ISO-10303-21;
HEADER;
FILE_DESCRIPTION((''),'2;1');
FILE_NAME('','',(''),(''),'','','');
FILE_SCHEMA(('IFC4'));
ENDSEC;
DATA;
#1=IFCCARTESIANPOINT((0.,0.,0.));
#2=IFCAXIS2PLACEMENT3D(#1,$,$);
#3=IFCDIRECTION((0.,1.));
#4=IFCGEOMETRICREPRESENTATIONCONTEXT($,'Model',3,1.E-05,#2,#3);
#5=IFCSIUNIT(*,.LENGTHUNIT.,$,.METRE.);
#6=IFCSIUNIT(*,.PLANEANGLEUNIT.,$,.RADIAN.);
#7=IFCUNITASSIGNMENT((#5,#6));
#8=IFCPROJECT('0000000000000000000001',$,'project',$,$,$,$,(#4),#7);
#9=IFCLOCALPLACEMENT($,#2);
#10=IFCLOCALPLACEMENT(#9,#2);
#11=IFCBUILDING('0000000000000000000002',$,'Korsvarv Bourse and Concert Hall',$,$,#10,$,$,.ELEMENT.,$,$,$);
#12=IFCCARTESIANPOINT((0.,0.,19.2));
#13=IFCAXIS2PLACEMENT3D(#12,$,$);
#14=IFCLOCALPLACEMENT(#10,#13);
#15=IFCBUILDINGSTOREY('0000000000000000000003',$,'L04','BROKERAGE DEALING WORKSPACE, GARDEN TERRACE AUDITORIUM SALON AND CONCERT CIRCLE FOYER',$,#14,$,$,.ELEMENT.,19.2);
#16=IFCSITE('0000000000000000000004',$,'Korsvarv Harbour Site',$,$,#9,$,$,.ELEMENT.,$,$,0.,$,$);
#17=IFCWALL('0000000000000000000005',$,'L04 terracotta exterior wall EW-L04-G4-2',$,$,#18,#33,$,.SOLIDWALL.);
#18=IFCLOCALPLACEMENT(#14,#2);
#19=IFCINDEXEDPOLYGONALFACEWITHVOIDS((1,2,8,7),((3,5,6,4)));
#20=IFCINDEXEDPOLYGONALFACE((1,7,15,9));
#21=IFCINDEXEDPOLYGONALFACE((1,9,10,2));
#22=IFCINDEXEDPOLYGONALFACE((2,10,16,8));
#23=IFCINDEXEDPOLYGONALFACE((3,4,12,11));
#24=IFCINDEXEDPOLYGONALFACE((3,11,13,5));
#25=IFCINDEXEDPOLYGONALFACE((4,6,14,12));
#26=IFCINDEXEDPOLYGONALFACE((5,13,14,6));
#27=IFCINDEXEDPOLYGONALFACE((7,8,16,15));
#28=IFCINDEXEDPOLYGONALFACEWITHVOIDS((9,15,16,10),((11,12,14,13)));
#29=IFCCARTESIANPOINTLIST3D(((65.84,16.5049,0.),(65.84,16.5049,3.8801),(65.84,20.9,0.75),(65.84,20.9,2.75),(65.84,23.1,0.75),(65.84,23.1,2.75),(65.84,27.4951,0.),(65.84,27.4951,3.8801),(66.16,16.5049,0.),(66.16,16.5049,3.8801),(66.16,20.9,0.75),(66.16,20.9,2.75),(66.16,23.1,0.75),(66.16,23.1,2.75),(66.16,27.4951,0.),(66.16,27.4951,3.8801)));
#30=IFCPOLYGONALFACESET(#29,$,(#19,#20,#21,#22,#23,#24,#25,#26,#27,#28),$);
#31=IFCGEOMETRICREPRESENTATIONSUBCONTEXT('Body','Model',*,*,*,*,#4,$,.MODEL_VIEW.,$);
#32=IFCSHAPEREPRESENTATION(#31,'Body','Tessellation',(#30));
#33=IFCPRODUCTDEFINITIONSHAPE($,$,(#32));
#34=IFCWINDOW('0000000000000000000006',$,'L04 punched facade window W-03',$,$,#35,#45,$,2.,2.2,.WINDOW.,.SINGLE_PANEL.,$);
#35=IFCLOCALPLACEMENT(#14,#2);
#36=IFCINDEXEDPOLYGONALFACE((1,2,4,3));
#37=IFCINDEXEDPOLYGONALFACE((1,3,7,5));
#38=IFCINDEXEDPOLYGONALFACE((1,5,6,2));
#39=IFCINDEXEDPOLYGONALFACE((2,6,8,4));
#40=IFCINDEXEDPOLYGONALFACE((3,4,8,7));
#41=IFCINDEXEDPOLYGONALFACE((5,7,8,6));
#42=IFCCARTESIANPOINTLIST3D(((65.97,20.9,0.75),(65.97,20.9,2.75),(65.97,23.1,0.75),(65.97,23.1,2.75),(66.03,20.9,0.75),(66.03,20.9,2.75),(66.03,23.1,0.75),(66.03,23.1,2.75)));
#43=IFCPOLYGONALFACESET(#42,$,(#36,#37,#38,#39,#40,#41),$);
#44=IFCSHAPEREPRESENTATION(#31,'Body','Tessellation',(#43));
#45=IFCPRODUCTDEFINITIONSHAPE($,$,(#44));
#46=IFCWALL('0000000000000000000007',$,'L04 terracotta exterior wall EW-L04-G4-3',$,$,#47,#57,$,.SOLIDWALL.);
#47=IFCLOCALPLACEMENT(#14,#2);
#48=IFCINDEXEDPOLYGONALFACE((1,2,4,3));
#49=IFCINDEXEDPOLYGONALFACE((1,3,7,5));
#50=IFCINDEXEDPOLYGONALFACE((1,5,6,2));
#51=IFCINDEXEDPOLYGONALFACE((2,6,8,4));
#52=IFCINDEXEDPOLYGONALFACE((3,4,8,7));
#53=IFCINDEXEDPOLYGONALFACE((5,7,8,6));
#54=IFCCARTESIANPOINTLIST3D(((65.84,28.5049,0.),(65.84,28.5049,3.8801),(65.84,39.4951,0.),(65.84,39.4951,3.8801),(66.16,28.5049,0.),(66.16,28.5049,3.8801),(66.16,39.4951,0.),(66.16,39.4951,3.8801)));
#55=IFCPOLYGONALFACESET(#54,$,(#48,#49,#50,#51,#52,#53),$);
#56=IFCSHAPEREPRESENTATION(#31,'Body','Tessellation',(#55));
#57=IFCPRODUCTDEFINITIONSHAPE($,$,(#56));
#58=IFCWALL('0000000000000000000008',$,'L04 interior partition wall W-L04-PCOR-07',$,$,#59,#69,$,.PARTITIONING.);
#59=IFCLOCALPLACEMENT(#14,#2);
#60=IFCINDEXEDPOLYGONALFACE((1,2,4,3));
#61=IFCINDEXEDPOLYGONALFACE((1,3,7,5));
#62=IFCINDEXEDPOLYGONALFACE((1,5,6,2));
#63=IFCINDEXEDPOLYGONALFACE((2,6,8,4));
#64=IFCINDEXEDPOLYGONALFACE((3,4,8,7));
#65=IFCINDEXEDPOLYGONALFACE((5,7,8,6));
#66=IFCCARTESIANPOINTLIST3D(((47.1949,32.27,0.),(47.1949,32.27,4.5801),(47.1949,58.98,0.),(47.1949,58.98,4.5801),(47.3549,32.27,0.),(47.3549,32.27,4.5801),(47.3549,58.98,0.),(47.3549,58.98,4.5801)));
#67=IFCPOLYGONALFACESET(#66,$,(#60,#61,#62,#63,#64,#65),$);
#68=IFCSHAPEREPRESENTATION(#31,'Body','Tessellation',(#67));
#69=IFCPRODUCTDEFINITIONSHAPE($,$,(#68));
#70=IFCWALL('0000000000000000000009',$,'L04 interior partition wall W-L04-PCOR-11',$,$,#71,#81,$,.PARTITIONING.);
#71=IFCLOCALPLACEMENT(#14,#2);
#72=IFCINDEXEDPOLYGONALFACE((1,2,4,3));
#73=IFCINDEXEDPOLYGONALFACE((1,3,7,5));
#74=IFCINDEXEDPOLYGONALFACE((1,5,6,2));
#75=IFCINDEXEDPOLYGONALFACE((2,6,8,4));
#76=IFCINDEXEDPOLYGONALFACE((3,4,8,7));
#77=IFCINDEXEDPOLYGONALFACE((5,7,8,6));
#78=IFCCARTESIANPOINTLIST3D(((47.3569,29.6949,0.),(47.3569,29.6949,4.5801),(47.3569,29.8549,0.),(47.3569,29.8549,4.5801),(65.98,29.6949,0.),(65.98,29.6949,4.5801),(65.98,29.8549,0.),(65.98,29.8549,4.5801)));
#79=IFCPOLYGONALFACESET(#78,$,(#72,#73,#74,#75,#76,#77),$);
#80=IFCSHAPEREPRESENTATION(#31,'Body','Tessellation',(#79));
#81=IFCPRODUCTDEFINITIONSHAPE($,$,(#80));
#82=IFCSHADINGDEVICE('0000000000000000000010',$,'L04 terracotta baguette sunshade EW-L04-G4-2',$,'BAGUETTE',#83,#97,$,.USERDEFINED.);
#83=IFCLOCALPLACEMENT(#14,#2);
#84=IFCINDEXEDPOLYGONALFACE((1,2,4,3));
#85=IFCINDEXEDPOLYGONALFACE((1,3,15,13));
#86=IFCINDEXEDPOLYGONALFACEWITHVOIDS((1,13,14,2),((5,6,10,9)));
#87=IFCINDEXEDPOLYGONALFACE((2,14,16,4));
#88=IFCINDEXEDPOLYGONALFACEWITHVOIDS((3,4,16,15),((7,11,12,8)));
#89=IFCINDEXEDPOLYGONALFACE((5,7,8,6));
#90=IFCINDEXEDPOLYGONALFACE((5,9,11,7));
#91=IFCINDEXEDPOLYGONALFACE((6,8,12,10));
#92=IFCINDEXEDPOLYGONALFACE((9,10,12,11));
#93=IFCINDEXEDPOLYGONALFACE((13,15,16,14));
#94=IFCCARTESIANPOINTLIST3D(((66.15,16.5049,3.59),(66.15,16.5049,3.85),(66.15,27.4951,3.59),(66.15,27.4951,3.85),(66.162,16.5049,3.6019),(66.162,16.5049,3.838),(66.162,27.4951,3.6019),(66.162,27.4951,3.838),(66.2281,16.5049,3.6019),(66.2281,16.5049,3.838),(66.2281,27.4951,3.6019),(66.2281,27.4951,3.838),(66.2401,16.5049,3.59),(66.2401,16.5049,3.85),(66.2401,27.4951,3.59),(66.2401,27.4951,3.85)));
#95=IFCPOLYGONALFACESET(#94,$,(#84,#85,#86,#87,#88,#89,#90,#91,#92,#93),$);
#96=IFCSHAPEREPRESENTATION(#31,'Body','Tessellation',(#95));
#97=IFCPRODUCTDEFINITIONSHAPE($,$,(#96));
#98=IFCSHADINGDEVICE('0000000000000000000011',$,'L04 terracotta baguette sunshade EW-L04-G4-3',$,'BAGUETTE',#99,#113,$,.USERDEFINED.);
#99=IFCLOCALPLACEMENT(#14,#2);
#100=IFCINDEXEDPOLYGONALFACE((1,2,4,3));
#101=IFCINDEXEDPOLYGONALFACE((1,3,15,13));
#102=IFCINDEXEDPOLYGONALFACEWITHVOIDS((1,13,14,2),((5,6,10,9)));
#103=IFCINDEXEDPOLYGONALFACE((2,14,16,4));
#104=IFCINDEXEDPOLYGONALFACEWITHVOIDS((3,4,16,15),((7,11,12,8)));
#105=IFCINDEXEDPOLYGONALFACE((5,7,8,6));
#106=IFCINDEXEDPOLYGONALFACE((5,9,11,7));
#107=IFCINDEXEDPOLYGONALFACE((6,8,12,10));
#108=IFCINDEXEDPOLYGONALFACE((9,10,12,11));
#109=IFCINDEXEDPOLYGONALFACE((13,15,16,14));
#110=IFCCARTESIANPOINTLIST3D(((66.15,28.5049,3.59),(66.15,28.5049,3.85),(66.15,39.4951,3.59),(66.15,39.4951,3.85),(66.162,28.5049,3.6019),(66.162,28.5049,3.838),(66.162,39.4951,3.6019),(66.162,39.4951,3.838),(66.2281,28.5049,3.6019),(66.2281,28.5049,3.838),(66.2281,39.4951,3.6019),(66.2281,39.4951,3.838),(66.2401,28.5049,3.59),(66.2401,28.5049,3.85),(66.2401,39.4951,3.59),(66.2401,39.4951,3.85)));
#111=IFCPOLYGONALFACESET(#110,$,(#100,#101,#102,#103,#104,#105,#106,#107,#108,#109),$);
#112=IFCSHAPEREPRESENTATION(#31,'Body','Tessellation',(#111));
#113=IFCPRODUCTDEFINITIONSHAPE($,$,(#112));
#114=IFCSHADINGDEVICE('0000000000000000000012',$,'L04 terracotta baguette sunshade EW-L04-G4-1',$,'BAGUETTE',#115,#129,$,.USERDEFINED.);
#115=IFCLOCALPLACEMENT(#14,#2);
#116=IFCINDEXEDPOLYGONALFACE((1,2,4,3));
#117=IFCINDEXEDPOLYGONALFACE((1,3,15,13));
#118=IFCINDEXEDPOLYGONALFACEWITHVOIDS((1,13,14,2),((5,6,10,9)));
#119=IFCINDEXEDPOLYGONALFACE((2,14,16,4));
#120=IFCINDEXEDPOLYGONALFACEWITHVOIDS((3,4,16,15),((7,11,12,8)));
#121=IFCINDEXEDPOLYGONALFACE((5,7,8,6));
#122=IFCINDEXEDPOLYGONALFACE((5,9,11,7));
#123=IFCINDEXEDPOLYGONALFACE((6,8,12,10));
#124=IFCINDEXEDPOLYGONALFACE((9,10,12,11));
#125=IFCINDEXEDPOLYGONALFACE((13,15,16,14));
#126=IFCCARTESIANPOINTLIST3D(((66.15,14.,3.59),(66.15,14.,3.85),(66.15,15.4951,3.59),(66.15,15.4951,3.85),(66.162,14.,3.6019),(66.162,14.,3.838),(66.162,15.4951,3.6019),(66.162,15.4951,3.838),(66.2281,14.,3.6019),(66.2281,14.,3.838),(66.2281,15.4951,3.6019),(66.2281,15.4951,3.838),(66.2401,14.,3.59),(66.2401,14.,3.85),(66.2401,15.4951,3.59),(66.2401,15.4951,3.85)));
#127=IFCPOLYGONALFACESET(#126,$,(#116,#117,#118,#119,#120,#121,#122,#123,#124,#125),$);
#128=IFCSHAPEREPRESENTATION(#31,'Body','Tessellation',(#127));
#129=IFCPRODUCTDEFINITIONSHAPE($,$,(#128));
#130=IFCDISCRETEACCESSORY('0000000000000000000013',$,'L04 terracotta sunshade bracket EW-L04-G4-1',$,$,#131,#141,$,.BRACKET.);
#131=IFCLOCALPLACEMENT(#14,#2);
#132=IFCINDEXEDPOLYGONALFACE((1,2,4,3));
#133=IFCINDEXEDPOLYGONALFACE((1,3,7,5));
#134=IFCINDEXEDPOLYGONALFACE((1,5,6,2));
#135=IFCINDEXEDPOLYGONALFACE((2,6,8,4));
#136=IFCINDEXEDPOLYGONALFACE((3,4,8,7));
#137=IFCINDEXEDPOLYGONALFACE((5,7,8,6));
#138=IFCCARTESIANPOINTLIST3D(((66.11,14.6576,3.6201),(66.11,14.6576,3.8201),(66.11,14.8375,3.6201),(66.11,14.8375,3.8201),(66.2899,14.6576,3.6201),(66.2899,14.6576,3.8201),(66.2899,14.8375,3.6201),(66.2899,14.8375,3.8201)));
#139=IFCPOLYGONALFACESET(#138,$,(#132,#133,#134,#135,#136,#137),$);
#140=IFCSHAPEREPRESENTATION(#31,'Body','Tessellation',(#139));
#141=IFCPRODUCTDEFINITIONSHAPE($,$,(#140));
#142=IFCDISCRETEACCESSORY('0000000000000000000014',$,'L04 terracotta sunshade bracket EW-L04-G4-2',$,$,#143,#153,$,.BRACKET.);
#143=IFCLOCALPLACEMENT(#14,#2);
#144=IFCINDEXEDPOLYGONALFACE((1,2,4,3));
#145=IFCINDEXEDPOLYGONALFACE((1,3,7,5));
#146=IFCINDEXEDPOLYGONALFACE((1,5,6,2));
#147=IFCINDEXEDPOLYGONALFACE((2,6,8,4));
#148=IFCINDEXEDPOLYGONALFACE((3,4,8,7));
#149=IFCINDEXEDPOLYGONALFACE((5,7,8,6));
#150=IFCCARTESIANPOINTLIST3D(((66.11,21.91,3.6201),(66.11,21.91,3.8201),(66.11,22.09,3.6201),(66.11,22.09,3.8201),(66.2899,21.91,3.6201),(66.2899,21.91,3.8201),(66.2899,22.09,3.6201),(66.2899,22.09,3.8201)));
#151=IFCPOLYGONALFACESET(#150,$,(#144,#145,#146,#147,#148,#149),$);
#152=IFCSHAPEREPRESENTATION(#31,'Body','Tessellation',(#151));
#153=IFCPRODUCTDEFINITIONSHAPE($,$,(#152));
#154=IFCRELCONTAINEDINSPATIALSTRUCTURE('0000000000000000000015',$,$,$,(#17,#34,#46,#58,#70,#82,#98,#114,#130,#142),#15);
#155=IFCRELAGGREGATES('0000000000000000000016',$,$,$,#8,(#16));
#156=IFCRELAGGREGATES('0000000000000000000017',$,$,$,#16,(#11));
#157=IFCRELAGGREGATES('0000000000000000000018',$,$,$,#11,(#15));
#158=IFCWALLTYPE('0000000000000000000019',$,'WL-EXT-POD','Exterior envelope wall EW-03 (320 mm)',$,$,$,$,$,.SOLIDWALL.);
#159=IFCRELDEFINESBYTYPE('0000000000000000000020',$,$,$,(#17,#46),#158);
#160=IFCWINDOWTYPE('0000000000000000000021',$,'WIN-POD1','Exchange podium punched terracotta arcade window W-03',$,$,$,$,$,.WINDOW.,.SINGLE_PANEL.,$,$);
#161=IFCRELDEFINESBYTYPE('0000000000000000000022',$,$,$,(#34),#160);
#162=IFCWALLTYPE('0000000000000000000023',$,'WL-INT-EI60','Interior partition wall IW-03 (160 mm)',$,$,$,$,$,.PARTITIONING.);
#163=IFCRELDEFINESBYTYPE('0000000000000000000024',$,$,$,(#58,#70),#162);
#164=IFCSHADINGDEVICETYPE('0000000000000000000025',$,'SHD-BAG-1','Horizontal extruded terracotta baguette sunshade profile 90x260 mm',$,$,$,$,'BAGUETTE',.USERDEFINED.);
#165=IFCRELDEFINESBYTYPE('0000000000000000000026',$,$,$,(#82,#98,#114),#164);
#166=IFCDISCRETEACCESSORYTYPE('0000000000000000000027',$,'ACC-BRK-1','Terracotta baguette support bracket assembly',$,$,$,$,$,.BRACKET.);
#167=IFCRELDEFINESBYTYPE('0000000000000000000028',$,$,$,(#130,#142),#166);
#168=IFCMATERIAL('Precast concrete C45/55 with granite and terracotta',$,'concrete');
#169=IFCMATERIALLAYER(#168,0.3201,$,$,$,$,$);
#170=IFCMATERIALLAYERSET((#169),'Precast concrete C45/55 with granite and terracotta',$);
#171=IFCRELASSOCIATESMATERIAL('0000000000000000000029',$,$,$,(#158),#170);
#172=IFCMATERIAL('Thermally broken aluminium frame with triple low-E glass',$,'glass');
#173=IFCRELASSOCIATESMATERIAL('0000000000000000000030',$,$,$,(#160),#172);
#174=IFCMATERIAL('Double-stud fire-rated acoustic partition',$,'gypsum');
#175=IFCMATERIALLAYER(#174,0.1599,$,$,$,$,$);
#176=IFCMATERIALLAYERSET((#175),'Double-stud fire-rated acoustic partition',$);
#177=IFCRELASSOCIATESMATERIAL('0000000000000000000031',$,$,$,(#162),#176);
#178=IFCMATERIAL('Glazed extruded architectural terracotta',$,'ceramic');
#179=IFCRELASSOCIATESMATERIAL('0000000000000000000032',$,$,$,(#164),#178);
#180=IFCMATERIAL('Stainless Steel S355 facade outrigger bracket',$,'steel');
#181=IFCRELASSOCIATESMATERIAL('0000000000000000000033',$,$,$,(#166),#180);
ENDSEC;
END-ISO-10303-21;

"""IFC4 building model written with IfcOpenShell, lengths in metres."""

from ifc_helpers import new_model, si_unit, direction, frame, frame_2d, origin, origin_2d, place, context, subcontext, project, spatial, rectangle, hollow_rectangle, extrude, source, transform, mapped, material, layer, layer_set, material_profile, profile_set, type_object, element, fill, save


model = new_model("IFC4")

# Units and contexts
model_context = context("Model", 3, precision=1e-05, world=origin(), true_north=direction((0.0, 1.0)))
body_context = subcontext(model_context, "Body", "Model", "MODEL_VIEW")
ifc_project = project(units=[si_unit("LENGTHUNIT", "METRE"), si_unit("PLANEANGLEUNIT", "RADIAN")], contexts=[model_context])

# Site, building, storey
site_placement = place(None, origin())
site = spatial("IfcSite", under=ifc_project, at=site_placement, Name="Korsvarv Harbour Site", CompositionType="ELEMENT", RefElevation=0.0)
building_placement = place(site_placement, origin())
building = spatial("IfcBuilding", under=site, at=building_placement, Name="Korsvarv Bourse and Concert Hall", CompositionType="ELEMENT")
storey_placement = place(building_placement, frame((0.0, 0.0, 19.2)))
storey = spatial("IfcBuildingStorey", under=building, at=storey_placement, Name="L04", Description="BROKERAGE DEALING WORKSPACE, GARDEN TERRACE AUDITORIUM SALON AND CONCERT CIRCLE FOYER", CompositionType="ELEMENT", Elevation=19.2)

# Shared definitions
ifc_material_1 = material(Name="Precast concrete C45/55 with granite and terracotta", Category="concrete")
ifc_layer_1 = layer(ifc_material_1, 0.3201)
ifc_layer_set_1 = layer_set([ifc_layer_1], Name="Precast concrete C45/55 with granite and terracotta")
wall_type_1 = type_object("IfcWallType", Name="WL-EXT-POD", Description="Exterior envelope wall EW-03 (320 mm)", PredefinedType="SOLIDWALL", material=ifc_layer_set_1)

# Wall, opening, window
wall_1_placement = place(storey_placement, frame((66.0, 16.5049, 0.0), z_axis=(0.0, 0.0, 1.0), x_axis=(0.0, 1.0, 0.0)))
wall_1 = element("IfcWall", 1, at=wall_1_placement, inside=storey, type_object=wall_type_1, Name="L04 terracotta exterior wall EW-L04-G4-2", PredefinedType="SOLIDWALL", context=body_context, shape_type="SweptSolid", body=[
    extrude(rectangle(XDim=10.9902, YDim=0.3201, at=frame_2d((5.4951, 0.0))), origin(), (0.0, 0.0, 1.0), 3.8801),
])
opening_placement = place(wall_1_placement, frame((4.395, 0.0, 0.75)))
opening = element("IfcOpeningElement", 2, at=opening_placement, cuts=wall_1, PredefinedType="OPENING", context=body_context, shape_type="SweptSolid", body=[
    extrude(rectangle(XDim=2.2, YDim=2.0, at=frame_2d((1.1001, 1.0))), frame((0.0, 0.1699, 0.0), z_axis=(0.0, -1.0, 0.0), x_axis=(1.0, 0.0, 0.0)), (0.0, 0.0, 1.0), 0.3401),
])
ifc_material_2 = material(Name="Thermally broken aluminium frame with triple low-E glass", Category="glass")
window_type = type_object("IfcWindowType", Name="WIN-POD1", Description="Exchange podium punched terracotta arcade window W-03", PartitioningType="SINGLE_PANEL", PredefinedType="WINDOW", material=ifc_material_2)
window_placement = place(opening_placement, origin())
window = element("IfcWindow", 3, at=window_placement, inside=storey, type_object=window_type, Name="L04 punched facade window W-03", OverallHeight=2.0, OverallWidth=2.2, PartitioningType="SINGLE_PANEL", PredefinedType="WINDOW", context=body_context, shape_type="SweptSolid", body=[
    extrude(rectangle(XDim=2.2, YDim=2.0, at=frame_2d((1.1001, 1.0))), frame((0.0, 0.03, 0.0), z_axis=(0.0, -1.0, 0.0), x_axis=(1.0, 0.0, 0.0)), (0.0, 0.0, 1.0), 0.0601),
])
fill(opening, window)

# Walls
wall_2_placement = place(storey_placement, frame((66.0, 28.5049, 0.0), z_axis=(0.0, 0.0, 1.0), x_axis=(0.0, 1.0, 0.0)))
element("IfcWall", 4, at=wall_2_placement, inside=storey, type_object=wall_type_1, Name="L04 terracotta exterior wall EW-L04-G4-3", PredefinedType="SOLIDWALL", context=body_context, shape_type="SweptSolid", body=[
    extrude(rectangle(XDim=10.9902, YDim=0.3201, at=frame_2d((5.4951, 0.0))), origin(), (0.0, 0.0, 1.0), 3.8801),
])
ifc_material_3 = material(Name="Double-stud fire-rated acoustic partition", Category="gypsum")
ifc_layer_2 = layer(ifc_material_3, 0.1599)
ifc_layer_set_2 = layer_set([ifc_layer_2], Name="Double-stud fire-rated acoustic partition")
wall_type_2 = type_object("IfcWallType", Name="WL-INT-EI60", Description="Interior partition wall IW-03 (160 mm)", PredefinedType="PARTITIONING", material=ifc_layer_set_2)
wall_3_placement = place(storey_placement, frame((47.2749, 32.27, 0.0), z_axis=(0.0, 0.0, 1.0), x_axis=(0.0, 1.0, 0.0)))
element("IfcWall", 5, at=wall_3_placement, inside=storey, type_object=wall_type_2, Name="L04 interior partition wall W-L04-PCOR-07", PredefinedType="PARTITIONING", context=body_context, shape_type="SweptSolid", body=[
    extrude(rectangle(XDim=26.71, YDim=0.1599, at=frame_2d((13.355, 0.0))), origin(), (0.0, 0.0, 1.0), 4.5801),
])
wall_4_placement = place(storey_placement, frame((47.3569, 29.7749, 0.0), z_axis=(0.0, 0.0, 1.0), x_axis=(1.0, 0.0, 0.0)))
element("IfcWall", 6, at=wall_4_placement, inside=storey, type_object=wall_type_2, Name="L04 interior partition wall W-L04-PCOR-11", PredefinedType="PARTITIONING", context=body_context, shape_type="SweptSolid", body=[
    extrude(rectangle(XDim=18.623, YDim=0.1599, at=frame_2d((9.3115, 0.0))), origin(), (0.0, 0.0, 1.0), 4.5801),
])

# Shading devices
ifc_material_4 = material(Name="Glazed extruded architectural terracotta", Category="ceramic")
ifc_material_profile_1 = material_profile(ifc_material_4, hollow_rectangle(XDim=0.0901, YDim=0.26, WallThickness=0.012, at=origin_2d()), Name="TC-BAG 90x260")
ifc_profile_set_1 = profile_set([ifc_material_profile_1], Name="Glazed extruded architectural terracotta")
shading_device_type = type_object("IfcShadingDeviceType", Name="SHD-BAG-1", Description="Horizontal extruded terracotta baguette sunshade profile 90x260 mm", ElementType="BAGUETTE", PredefinedType="USERDEFINED", material=ifc_profile_set_1)
shared_shape_1 = source(origin(), body_context, "Body", "SweptSolid", [
    extrude(hollow_rectangle(XDim=0.0901, YDim=0.26, WallThickness=0.012, at=origin_2d()), origin(), (0.0, 0.0, 1.0), 10.9902),
])
for number, where, z_axis, x_axis, name in (
    (7, (66.1951, 16.5049, 3.72), (0.0, 1.0, 0.0), (-1.0, 0.0, 0.0), "L04 terracotta baguette sunshade EW-L04-G4-2"),
    (8, (66.1951, 28.5049, 3.72), (0.0, 1.0, 0.0), (-1.0, 0.0, 0.0), "L04 terracotta baguette sunshade EW-L04-G4-3"),
):
    element("IfcShadingDevice", number, at=place(storey_placement, frame(where, z_axis=z_axis, x_axis=x_axis)), inside=storey, type_object=shading_device_type, Name=name, ObjectType="BAGUETTE", PredefinedType="USERDEFINED", context=body_context, shape_type="MappedRepresentation", body=[
        mapped(shared_shape_1, transform((0.0, 0.0, 0.0), scale=1.0)),
    ])
shared_shape_2 = source(origin(), body_context, "Body", "SweptSolid", [
    extrude(hollow_rectangle(XDim=0.0901, YDim=0.26, WallThickness=0.012, at=origin_2d()), origin(), (0.0, 0.0, 1.0), 1.4951),
])
shading_device_placement = place(storey_placement, frame((66.1951, 14.0, 3.72), z_axis=(0.0, 1.0, 0.0), x_axis=(-1.0, 0.0, 0.0)))
element("IfcShadingDevice", 9, at=shading_device_placement, inside=storey, type_object=shading_device_type, Name="L04 terracotta baguette sunshade EW-L04-G4-1", ObjectType="BAGUETTE", PredefinedType="USERDEFINED", context=body_context, shape_type="MappedRepresentation", body=[
    mapped(shared_shape_2, transform((0.0, 0.0, 0.0), scale=1.0)),
])

# Discrete accessories
ifc_material_5 = material(Name="Stainless Steel S355 facade outrigger bracket", Category="steel")
discrete_accessory_type = type_object("IfcDiscreteAccessoryType", Name="ACC-BRK-1", Description="Terracotta baguette support bracket assembly", PredefinedType="BRACKET", material=ifc_material_5)
shared_shape_3 = source(origin(), body_context, "Body", "SweptSolid", [
    extrude(rectangle(XDim=0.1799, YDim=0.1799, at=origin_2d()), origin(), (0.0, 0.0, 1.0), 0.2),
])
for number, where, z_axis, x_axis, name in (
    (10, (66.2, 14.7476, 3.6201), (0.0, 0.0, 1.0), (0.0, 1.0, 0.0), "L04 terracotta sunshade bracket EW-L04-G4-1"),
    (11, (66.2, 22.0, 3.6201), (0.0, 0.0, 1.0), (0.0, 1.0, 0.0), "L04 terracotta sunshade bracket EW-L04-G4-2"),
):
    element("IfcDiscreteAccessory", number, at=place(storey_placement, frame(where, z_axis=z_axis, x_axis=x_axis)), inside=storey, type_object=discrete_accessory_type, Name=name, PredefinedType="BRACKET", context=body_context, shape_type="MappedRepresentation", body=[
        mapped(shared_shape_3, transform((0.0, 0.0, 0.0), scale=1.0)),
    ])

save(model, "model.ifc")
